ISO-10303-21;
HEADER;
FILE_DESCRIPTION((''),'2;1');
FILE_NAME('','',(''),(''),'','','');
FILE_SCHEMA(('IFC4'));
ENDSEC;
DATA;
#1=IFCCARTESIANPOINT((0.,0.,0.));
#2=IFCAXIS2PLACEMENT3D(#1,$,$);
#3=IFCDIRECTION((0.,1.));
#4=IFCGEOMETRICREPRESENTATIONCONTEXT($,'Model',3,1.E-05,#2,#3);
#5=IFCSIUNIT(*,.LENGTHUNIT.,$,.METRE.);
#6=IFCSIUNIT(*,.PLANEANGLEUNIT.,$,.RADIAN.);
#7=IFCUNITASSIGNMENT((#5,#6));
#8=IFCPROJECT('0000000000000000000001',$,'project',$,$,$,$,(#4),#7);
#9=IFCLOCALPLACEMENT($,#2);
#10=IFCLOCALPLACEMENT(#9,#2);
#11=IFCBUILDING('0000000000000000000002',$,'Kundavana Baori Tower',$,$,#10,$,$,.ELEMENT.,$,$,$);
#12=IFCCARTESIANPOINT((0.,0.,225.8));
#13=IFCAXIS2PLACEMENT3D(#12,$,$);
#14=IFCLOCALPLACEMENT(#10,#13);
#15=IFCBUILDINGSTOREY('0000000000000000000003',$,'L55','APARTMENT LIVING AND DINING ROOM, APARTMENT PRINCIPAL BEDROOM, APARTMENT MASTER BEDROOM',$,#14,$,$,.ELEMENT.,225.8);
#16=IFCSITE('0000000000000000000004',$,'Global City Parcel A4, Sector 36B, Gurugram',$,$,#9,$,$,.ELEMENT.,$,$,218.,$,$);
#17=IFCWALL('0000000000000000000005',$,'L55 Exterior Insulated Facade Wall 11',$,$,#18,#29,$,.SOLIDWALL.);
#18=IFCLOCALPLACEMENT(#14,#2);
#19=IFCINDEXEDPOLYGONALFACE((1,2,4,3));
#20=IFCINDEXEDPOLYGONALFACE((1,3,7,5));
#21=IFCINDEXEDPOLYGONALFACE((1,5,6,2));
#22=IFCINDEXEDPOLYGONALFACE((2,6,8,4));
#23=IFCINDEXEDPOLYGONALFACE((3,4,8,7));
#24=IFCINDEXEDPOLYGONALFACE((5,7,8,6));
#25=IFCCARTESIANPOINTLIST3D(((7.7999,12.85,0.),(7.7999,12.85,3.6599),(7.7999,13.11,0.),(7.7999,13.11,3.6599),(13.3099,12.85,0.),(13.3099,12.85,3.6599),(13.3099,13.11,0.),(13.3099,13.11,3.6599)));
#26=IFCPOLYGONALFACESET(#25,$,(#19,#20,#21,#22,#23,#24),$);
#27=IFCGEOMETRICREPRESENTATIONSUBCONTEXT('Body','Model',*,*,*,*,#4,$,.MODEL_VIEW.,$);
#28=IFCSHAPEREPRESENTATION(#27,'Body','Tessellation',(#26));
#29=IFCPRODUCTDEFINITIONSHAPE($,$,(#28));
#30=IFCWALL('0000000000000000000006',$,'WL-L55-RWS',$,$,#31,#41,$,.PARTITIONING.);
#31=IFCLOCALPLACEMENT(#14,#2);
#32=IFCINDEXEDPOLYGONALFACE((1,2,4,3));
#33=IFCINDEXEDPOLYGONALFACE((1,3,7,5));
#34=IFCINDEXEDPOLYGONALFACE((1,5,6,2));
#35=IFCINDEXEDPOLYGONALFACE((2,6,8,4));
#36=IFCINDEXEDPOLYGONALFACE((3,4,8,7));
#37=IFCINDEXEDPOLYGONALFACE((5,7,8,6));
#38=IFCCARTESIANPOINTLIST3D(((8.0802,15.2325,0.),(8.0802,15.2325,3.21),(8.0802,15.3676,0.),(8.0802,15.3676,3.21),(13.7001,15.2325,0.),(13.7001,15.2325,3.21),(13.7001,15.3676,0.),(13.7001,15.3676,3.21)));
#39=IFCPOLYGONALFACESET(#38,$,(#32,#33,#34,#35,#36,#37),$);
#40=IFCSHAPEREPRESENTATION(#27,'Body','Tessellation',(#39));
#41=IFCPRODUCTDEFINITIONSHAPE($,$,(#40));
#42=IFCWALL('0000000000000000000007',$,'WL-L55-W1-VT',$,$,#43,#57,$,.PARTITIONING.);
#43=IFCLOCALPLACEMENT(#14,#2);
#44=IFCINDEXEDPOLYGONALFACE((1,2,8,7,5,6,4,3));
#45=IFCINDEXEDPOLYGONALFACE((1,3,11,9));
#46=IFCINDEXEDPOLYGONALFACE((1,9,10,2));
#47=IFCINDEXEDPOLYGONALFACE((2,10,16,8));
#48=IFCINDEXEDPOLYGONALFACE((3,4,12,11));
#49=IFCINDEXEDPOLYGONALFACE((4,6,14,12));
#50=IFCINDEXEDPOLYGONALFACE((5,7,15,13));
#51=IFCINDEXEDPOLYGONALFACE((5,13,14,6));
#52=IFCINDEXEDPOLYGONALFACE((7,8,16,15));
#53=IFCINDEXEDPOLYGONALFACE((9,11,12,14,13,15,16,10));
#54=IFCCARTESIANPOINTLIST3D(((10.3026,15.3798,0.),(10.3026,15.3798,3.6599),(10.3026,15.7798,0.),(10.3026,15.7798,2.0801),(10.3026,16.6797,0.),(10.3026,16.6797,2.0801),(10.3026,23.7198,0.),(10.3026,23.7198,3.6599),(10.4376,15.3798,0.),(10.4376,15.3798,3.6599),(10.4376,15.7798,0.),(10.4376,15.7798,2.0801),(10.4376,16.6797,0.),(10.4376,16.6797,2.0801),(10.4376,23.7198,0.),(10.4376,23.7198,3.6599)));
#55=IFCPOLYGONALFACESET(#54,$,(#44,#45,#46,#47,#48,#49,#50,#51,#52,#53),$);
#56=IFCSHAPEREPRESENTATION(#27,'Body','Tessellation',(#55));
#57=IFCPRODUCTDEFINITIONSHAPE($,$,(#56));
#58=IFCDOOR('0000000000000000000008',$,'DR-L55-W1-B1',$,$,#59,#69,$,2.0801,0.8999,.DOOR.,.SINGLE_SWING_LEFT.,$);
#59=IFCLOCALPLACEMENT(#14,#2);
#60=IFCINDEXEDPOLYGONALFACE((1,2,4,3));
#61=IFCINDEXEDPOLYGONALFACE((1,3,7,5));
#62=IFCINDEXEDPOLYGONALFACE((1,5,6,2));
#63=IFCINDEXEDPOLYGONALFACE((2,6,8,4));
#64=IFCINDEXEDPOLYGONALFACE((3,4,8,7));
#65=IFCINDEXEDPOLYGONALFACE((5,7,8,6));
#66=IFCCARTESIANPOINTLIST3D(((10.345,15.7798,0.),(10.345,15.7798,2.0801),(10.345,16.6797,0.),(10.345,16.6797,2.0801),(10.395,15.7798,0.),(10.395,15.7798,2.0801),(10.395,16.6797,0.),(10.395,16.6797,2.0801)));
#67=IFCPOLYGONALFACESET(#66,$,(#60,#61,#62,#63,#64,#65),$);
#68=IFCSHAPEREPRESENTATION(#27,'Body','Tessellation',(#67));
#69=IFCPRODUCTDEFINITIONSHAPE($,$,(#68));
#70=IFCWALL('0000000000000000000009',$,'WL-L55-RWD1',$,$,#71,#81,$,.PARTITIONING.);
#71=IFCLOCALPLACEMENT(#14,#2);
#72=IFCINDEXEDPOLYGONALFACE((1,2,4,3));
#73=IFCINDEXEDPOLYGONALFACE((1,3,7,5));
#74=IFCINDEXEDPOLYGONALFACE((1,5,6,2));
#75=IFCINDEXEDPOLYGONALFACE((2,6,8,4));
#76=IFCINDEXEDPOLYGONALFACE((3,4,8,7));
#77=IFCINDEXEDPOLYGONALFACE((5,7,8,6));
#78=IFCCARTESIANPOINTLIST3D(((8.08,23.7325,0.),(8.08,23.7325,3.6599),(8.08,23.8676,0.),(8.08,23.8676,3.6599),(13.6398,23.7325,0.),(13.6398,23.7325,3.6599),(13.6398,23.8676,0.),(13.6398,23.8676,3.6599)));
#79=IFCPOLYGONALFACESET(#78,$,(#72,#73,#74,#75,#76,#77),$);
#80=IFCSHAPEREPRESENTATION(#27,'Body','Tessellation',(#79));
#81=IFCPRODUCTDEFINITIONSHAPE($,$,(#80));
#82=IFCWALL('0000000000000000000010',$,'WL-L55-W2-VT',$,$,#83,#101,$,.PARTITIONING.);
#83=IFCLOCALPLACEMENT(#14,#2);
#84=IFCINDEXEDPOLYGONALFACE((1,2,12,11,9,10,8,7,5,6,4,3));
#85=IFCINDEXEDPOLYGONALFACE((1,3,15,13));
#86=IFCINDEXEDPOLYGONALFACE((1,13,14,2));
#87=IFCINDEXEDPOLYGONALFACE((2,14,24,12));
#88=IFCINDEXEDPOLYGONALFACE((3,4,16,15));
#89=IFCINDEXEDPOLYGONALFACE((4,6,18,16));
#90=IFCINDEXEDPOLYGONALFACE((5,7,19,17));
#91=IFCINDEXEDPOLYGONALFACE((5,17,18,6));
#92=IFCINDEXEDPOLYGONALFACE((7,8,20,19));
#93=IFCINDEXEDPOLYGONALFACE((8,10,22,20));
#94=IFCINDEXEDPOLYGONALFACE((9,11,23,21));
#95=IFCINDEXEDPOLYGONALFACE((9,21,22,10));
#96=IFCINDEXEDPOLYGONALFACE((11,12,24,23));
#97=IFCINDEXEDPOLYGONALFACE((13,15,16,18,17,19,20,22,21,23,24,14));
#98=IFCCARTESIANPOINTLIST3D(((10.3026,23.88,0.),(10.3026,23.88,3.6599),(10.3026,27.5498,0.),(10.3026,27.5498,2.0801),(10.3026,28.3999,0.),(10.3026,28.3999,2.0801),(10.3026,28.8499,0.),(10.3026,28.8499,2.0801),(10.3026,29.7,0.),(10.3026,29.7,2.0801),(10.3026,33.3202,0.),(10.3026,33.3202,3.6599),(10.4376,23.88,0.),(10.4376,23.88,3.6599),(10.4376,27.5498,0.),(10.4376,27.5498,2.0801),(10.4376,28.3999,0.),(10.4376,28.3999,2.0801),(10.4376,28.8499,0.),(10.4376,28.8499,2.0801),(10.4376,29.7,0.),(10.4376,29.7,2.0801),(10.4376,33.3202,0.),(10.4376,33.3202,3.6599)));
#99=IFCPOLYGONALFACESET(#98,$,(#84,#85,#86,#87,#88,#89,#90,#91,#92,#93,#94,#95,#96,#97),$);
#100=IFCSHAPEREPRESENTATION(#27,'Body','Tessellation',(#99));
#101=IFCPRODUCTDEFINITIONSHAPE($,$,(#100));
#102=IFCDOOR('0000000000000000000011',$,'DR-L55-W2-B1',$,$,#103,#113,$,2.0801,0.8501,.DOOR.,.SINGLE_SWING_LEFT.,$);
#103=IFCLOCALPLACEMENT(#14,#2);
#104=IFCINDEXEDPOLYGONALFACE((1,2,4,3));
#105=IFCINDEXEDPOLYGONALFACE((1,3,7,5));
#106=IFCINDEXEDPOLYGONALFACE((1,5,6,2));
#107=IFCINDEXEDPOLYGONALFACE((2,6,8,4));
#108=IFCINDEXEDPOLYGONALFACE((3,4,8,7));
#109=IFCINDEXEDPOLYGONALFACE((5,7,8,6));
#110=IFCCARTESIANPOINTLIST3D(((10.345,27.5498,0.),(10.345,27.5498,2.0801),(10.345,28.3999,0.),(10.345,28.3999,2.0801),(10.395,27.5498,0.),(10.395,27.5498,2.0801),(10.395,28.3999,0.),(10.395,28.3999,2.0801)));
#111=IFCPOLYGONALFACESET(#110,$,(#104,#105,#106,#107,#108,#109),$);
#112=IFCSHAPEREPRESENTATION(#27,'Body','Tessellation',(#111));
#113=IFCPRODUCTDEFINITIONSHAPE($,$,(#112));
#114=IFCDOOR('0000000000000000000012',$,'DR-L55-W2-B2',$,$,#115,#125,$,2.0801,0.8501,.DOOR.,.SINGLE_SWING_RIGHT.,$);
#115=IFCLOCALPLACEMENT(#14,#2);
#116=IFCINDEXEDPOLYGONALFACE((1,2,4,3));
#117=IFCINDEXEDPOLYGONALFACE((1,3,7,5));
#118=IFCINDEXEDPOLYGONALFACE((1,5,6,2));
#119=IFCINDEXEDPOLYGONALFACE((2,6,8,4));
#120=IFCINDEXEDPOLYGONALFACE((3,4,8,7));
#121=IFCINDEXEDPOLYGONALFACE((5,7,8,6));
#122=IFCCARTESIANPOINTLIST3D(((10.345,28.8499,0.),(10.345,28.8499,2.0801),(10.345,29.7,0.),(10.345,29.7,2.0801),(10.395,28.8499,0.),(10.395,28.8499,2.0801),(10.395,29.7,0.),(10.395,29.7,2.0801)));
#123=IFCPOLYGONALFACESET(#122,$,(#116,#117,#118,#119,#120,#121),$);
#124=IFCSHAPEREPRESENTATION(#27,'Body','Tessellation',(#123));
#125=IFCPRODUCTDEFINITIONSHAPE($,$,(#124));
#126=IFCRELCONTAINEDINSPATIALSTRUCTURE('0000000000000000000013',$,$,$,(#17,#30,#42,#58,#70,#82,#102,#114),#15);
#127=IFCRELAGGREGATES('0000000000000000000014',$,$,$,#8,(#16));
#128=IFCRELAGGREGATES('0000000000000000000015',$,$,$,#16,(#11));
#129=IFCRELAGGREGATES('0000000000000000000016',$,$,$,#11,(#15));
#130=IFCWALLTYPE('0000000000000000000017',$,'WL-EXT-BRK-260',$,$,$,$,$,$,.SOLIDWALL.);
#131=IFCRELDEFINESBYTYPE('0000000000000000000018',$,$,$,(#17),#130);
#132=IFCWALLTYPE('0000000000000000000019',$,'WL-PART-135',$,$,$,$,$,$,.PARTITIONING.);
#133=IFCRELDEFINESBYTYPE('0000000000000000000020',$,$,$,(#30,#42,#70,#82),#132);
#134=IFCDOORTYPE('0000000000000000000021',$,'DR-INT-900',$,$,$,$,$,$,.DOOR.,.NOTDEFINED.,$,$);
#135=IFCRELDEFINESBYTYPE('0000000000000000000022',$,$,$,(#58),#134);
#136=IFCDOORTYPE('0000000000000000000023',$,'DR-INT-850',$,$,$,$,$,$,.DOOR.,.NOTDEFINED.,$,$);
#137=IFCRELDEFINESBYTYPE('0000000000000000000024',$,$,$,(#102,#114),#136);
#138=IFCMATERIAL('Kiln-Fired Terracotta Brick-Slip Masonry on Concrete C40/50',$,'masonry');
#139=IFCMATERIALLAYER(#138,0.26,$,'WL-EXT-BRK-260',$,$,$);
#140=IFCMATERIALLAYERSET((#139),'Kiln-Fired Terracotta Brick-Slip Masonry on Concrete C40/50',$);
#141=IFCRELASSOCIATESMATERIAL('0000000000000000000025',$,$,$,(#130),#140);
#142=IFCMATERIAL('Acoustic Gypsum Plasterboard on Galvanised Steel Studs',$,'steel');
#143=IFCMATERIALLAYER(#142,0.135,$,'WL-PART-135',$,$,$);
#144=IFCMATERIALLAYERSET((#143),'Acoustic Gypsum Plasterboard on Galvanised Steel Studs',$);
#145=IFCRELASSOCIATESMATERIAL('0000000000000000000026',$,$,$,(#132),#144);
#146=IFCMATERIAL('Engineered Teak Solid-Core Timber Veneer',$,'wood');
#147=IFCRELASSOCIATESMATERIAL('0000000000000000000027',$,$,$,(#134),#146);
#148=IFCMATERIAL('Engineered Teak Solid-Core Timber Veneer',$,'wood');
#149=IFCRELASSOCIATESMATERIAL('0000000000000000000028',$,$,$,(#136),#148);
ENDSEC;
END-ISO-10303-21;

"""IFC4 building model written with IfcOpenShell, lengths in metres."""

from ifc_helpers import new_model, si_unit, direction, frame, frame_2d, origin, place, context, subcontext, project, spatial, rectangle, extrude, material, layer, layer_set, type_object, element, fill, save


model = new_model("IFC4")

# Units and contexts
model_context = context("Model", 3, precision=1e-05, world=origin(), true_north=direction((0.0, 1.0)))
body_context = subcontext(model_context, "Body", "Model", "MODEL_VIEW")
ifc_project = project(units=[si_unit("LENGTHUNIT", "METRE"), si_unit("PLANEANGLEUNIT", "RADIAN")], contexts=[model_context])

# Site, building, storey
site_placement = place(None, origin())
site = spatial("IfcSite", under=ifc_project, at=site_placement, Name="Global City Parcel A4, Sector 36B, Gurugram", CompositionType="ELEMENT", RefElevation=218.0)
building_placement = place(site_placement, origin())
building = spatial("IfcBuilding", under=site, at=building_placement, Name="Kundavana Baori Tower", CompositionType="ELEMENT")
storey_placement = place(building_placement, frame((0.0, 0.0, 225.8)))
storey = spatial("IfcBuildingStorey", under=building, at=storey_placement, Name="L55", Description="APARTMENT LIVING AND DINING ROOM, APARTMENT PRINCIPAL BEDROOM, APARTMENT MASTER BEDROOM", CompositionType="ELEMENT", Elevation=225.8)

# Shared definitions
ifc_material_1 = material(Name="Kiln-Fired Terracotta Brick-Slip Masonry on Concrete C40/50", Category="masonry")
ifc_layer_1 = layer(ifc_material_1, 0.26, Name="WL-EXT-BRK-260")
ifc_layer_set_1 = layer_set([ifc_layer_1], Name="Kiln-Fired Terracotta Brick-Slip Masonry on Concrete C40/50")
wall_type_1 = type_object("IfcWallType", Name="WL-EXT-BRK-260", PredefinedType="SOLIDWALL", material=ifc_layer_set_1)

# Walls
wall_1_placement = place(storey_placement, frame((7.8, 12.98, 0.0), z_axis=(0.0, 0.0, 1.0), x_axis=(1.0, 0.0, 0.0)))
element("IfcWall", 1, at=wall_1_placement, inside=storey, type_object=wall_type_1, Name="L55 Exterior Insulated Facade Wall 11", PredefinedType="SOLIDWALL", context=body_context, shape_type="SweptSolid", body=[
    extrude(rectangle(XDim=5.51, YDim=0.26, at=frame_2d((2.7549, 0.0))), origin(), (0.0, 0.0, 1.0), 3.6599),
])
ifc_material_2 = material(Name="Acoustic Gypsum Plasterboard on Galvanised Steel Studs", Category="steel")
ifc_layer_2 = layer(ifc_material_2, 0.135, Name="WL-PART-135")
ifc_layer_set_2 = layer_set([ifc_layer_2], Name="Acoustic Gypsum Plasterboard on Galvanised Steel Studs")
wall_type_2 = type_object("IfcWallType", Name="WL-PART-135", PredefinedType="PARTITIONING", material=ifc_layer_set_2)
wall_2_placement = place(storey_placement, frame((8.0801, 15.3, 0.0), z_axis=(0.0, 0.0, 1.0), x_axis=(1.0, 0.0, 0.0)))
element("IfcWall", 2, at=wall_2_placement, inside=storey, type_object=wall_type_2, Name="WL-L55-RWS", PredefinedType="PARTITIONING", context=body_context, shape_type="SweptSolid", body=[
    extrude(rectangle(XDim=5.6199, YDim=0.135, at=frame_2d((2.8101, 0.0))), origin(), (0.0, 0.0, 1.0), 3.21),
])

# Wall, opening, door
wall_3_placement = place(storey_placement, frame((10.3701, 15.3799, 0.0), z_axis=(0.0, 0.0, 1.0), x_axis=(0.0, 1.0, 0.0)))
wall_3 = element("IfcWall", 3, at=wall_3_placement, inside=storey, type_object=wall_type_2, Name="WL-L55-W1-VT", PredefinedType="PARTITIONING", context=body_context, shape_type="SweptSolid", body=[
    extrude(rectangle(XDim=8.3401, YDim=0.135, at=frame_2d((4.1699, 0.0))), origin(), (0.0, 0.0, 1.0), 3.6599),
])
opening_1_placement = place(wall_3_placement, frame((0.3999, 0.0, 0.0)))
opening_1 = element("IfcOpeningElement", 4, at=opening_1_placement, cuts=wall_3, PredefinedType="OPENING", context=body_context, shape_type="SweptSolid", body=[
    extrude(rectangle(XDim=0.8999, YDim=2.0801, at=frame_2d((0.45, 1.04))), frame((0.0, 0.0776, 0.0), z_axis=(0.0, -1.0, 0.0), x_axis=(1.0, 0.0, 0.0)), (0.0, 0.0, 1.0), 0.155),
])
ifc_material_3 = material(Name="Engineered Teak Solid-Core Timber Veneer", Category="wood")
door_type_1 = type_object("IfcDoorType", Name="DR-INT-900", OperationType="NOTDEFINED", PredefinedType="DOOR", material=ifc_material_3)
door_1_placement = place(opening_1_placement, frame((0.8999, 0.0, 0.0), z_axis=(0.0, 0.0, 1.0), x_axis=(-1.0, 0.0, 0.0)))
door_1 = element("IfcDoor", 5, at=door_1_placement, inside=storey, type_object=door_type_1, Name="DR-L55-W1-B1", OperationType="SINGLE_SWING_LEFT", OverallHeight=2.0801, OverallWidth=0.8999, PredefinedType="DOOR", context=body_context, shape_type="SweptSolid", body=[
    extrude(rectangle(XDim=0.8999, YDim=2.0801, at=frame_2d((0.45, 1.04))), frame((0.0, 0.0249, 0.0), z_axis=(0.0, -1.0, 0.0), x_axis=(1.0, 0.0, 0.0)), (0.0, 0.0, 1.0), 0.05),
])
fill(opening_1, door_1)

# Wall
wall_4_placement = place(storey_placement, frame((8.0801, 23.8, 0.0), z_axis=(0.0, 0.0, 1.0), x_axis=(1.0, 0.0, 0.0)))
element("IfcWall", 6, at=wall_4_placement, inside=storey, type_object=wall_type_2, Name="WL-L55-RWD1", PredefinedType="PARTITIONING", context=body_context, shape_type="SweptSolid", body=[
    extrude(rectangle(XDim=5.5598, YDim=0.135, at=frame_2d((2.7798, 0.0))), origin(), (0.0, 0.0, 1.0), 3.6599),
])

# Wall, openings, doors
wall_5_placement = place(storey_placement, frame((10.3701, 23.8799, 0.0), z_axis=(0.0, 0.0, 1.0), x_axis=(0.0, 1.0, 0.0)))
wall_5 = element("IfcWall", 7, at=wall_5_placement, inside=storey, type_object=wall_type_2, Name="WL-L55-W2-VT", PredefinedType="PARTITIONING", context=body_context, shape_type="SweptSolid", body=[
    extrude(rectangle(XDim=9.4402, YDim=0.135, at=frame_2d((4.7202, 0.0))), origin(), (0.0, 0.0, 1.0), 3.6599),
])
opening_2_placement = place(wall_5_placement, frame((3.6699, 0.0, 0.0)))
opening_2 = element("IfcOpeningElement", 8, at=opening_2_placement, cuts=wall_5, PredefinedType="OPENING", context=body_context, shape_type="SweptSolid", body=[
    extrude(rectangle(XDim=0.8501, YDim=2.0801, at=frame_2d((0.425, 1.04))), frame((0.0, 0.0776, 0.0), z_axis=(0.0, -1.0, 0.0), x_axis=(1.0, 0.0, 0.0)), (0.0, 0.0, 1.0), 0.155),
])
opening_3_placement = place(wall_5_placement, frame((4.97, 0.0, 0.0)))
opening_3 = element("IfcOpeningElement", 9, at=opening_3_placement, cuts=wall_5, PredefinedType="OPENING", context=body_context, shape_type="SweptSolid", body=[
    extrude(rectangle(XDim=0.8501, YDim=2.0801, at=frame_2d((0.425, 1.04))), frame((0.0, 0.0776, 0.0), z_axis=(0.0, -1.0, 0.0), x_axis=(1.0, 0.0, 0.0)), (0.0, 0.0, 1.0), 0.155),
])
ifc_material_4 = material(Name="Engineered Teak Solid-Core Timber Veneer", Category="wood")
door_type_2 = type_object("IfcDoorType", Name="DR-INT-850", OperationType="NOTDEFINED", PredefinedType="DOOR", material=ifc_material_4)
door_2_placement = place(opening_2_placement, frame((0.8501, 0.0, 0.0), z_axis=(0.0, 0.0, 1.0), x_axis=(-1.0, 0.0, 0.0)))
door_2 = element("IfcDoor", 10, at=door_2_placement, inside=storey, type_object=door_type_2, Name="DR-L55-W2-B1", OperationType="SINGLE_SWING_LEFT", OverallHeight=2.0801, OverallWidth=0.8501, PredefinedType="DOOR", context=body_context, shape_type="SweptSolid", body=[
    extrude(rectangle(XDim=0.8501, YDim=2.0801, at=frame_2d((0.425, 1.04))), frame((0.0, 0.0249, 0.0), z_axis=(0.0, -1.0, 0.0), x_axis=(1.0, 0.0, 0.0)), (0.0, 0.0, 1.0), 0.05),
])
fill(opening_2, door_2)
door_3_placement = place(opening_3_placement, frame((0.8501, 0.0, 0.0), z_axis=(0.0, 0.0, 1.0), x_axis=(-1.0, 0.0, 0.0)))
door_3 = element("IfcDoor", 11, at=door_3_placement, inside=storey, type_object=door_type_2, Name="DR-L55-W2-B2", OperationType="SINGLE_SWING_RIGHT", OverallHeight=2.0801, OverallWidth=0.8501, PredefinedType="DOOR", context=body_context, shape_type="SweptSolid", body=[
    extrude(rectangle(XDim=0.8501, YDim=2.0801, at=frame_2d((0.425, 1.04))), frame((0.0, 0.0249, 0.0), z_axis=(0.0, -1.0, 0.0), x_axis=(1.0, 0.0, 0.0)), (0.0, 0.0, 1.0), 0.05),
])
fill(opening_3, door_3)

save(model, "model.ifc")
